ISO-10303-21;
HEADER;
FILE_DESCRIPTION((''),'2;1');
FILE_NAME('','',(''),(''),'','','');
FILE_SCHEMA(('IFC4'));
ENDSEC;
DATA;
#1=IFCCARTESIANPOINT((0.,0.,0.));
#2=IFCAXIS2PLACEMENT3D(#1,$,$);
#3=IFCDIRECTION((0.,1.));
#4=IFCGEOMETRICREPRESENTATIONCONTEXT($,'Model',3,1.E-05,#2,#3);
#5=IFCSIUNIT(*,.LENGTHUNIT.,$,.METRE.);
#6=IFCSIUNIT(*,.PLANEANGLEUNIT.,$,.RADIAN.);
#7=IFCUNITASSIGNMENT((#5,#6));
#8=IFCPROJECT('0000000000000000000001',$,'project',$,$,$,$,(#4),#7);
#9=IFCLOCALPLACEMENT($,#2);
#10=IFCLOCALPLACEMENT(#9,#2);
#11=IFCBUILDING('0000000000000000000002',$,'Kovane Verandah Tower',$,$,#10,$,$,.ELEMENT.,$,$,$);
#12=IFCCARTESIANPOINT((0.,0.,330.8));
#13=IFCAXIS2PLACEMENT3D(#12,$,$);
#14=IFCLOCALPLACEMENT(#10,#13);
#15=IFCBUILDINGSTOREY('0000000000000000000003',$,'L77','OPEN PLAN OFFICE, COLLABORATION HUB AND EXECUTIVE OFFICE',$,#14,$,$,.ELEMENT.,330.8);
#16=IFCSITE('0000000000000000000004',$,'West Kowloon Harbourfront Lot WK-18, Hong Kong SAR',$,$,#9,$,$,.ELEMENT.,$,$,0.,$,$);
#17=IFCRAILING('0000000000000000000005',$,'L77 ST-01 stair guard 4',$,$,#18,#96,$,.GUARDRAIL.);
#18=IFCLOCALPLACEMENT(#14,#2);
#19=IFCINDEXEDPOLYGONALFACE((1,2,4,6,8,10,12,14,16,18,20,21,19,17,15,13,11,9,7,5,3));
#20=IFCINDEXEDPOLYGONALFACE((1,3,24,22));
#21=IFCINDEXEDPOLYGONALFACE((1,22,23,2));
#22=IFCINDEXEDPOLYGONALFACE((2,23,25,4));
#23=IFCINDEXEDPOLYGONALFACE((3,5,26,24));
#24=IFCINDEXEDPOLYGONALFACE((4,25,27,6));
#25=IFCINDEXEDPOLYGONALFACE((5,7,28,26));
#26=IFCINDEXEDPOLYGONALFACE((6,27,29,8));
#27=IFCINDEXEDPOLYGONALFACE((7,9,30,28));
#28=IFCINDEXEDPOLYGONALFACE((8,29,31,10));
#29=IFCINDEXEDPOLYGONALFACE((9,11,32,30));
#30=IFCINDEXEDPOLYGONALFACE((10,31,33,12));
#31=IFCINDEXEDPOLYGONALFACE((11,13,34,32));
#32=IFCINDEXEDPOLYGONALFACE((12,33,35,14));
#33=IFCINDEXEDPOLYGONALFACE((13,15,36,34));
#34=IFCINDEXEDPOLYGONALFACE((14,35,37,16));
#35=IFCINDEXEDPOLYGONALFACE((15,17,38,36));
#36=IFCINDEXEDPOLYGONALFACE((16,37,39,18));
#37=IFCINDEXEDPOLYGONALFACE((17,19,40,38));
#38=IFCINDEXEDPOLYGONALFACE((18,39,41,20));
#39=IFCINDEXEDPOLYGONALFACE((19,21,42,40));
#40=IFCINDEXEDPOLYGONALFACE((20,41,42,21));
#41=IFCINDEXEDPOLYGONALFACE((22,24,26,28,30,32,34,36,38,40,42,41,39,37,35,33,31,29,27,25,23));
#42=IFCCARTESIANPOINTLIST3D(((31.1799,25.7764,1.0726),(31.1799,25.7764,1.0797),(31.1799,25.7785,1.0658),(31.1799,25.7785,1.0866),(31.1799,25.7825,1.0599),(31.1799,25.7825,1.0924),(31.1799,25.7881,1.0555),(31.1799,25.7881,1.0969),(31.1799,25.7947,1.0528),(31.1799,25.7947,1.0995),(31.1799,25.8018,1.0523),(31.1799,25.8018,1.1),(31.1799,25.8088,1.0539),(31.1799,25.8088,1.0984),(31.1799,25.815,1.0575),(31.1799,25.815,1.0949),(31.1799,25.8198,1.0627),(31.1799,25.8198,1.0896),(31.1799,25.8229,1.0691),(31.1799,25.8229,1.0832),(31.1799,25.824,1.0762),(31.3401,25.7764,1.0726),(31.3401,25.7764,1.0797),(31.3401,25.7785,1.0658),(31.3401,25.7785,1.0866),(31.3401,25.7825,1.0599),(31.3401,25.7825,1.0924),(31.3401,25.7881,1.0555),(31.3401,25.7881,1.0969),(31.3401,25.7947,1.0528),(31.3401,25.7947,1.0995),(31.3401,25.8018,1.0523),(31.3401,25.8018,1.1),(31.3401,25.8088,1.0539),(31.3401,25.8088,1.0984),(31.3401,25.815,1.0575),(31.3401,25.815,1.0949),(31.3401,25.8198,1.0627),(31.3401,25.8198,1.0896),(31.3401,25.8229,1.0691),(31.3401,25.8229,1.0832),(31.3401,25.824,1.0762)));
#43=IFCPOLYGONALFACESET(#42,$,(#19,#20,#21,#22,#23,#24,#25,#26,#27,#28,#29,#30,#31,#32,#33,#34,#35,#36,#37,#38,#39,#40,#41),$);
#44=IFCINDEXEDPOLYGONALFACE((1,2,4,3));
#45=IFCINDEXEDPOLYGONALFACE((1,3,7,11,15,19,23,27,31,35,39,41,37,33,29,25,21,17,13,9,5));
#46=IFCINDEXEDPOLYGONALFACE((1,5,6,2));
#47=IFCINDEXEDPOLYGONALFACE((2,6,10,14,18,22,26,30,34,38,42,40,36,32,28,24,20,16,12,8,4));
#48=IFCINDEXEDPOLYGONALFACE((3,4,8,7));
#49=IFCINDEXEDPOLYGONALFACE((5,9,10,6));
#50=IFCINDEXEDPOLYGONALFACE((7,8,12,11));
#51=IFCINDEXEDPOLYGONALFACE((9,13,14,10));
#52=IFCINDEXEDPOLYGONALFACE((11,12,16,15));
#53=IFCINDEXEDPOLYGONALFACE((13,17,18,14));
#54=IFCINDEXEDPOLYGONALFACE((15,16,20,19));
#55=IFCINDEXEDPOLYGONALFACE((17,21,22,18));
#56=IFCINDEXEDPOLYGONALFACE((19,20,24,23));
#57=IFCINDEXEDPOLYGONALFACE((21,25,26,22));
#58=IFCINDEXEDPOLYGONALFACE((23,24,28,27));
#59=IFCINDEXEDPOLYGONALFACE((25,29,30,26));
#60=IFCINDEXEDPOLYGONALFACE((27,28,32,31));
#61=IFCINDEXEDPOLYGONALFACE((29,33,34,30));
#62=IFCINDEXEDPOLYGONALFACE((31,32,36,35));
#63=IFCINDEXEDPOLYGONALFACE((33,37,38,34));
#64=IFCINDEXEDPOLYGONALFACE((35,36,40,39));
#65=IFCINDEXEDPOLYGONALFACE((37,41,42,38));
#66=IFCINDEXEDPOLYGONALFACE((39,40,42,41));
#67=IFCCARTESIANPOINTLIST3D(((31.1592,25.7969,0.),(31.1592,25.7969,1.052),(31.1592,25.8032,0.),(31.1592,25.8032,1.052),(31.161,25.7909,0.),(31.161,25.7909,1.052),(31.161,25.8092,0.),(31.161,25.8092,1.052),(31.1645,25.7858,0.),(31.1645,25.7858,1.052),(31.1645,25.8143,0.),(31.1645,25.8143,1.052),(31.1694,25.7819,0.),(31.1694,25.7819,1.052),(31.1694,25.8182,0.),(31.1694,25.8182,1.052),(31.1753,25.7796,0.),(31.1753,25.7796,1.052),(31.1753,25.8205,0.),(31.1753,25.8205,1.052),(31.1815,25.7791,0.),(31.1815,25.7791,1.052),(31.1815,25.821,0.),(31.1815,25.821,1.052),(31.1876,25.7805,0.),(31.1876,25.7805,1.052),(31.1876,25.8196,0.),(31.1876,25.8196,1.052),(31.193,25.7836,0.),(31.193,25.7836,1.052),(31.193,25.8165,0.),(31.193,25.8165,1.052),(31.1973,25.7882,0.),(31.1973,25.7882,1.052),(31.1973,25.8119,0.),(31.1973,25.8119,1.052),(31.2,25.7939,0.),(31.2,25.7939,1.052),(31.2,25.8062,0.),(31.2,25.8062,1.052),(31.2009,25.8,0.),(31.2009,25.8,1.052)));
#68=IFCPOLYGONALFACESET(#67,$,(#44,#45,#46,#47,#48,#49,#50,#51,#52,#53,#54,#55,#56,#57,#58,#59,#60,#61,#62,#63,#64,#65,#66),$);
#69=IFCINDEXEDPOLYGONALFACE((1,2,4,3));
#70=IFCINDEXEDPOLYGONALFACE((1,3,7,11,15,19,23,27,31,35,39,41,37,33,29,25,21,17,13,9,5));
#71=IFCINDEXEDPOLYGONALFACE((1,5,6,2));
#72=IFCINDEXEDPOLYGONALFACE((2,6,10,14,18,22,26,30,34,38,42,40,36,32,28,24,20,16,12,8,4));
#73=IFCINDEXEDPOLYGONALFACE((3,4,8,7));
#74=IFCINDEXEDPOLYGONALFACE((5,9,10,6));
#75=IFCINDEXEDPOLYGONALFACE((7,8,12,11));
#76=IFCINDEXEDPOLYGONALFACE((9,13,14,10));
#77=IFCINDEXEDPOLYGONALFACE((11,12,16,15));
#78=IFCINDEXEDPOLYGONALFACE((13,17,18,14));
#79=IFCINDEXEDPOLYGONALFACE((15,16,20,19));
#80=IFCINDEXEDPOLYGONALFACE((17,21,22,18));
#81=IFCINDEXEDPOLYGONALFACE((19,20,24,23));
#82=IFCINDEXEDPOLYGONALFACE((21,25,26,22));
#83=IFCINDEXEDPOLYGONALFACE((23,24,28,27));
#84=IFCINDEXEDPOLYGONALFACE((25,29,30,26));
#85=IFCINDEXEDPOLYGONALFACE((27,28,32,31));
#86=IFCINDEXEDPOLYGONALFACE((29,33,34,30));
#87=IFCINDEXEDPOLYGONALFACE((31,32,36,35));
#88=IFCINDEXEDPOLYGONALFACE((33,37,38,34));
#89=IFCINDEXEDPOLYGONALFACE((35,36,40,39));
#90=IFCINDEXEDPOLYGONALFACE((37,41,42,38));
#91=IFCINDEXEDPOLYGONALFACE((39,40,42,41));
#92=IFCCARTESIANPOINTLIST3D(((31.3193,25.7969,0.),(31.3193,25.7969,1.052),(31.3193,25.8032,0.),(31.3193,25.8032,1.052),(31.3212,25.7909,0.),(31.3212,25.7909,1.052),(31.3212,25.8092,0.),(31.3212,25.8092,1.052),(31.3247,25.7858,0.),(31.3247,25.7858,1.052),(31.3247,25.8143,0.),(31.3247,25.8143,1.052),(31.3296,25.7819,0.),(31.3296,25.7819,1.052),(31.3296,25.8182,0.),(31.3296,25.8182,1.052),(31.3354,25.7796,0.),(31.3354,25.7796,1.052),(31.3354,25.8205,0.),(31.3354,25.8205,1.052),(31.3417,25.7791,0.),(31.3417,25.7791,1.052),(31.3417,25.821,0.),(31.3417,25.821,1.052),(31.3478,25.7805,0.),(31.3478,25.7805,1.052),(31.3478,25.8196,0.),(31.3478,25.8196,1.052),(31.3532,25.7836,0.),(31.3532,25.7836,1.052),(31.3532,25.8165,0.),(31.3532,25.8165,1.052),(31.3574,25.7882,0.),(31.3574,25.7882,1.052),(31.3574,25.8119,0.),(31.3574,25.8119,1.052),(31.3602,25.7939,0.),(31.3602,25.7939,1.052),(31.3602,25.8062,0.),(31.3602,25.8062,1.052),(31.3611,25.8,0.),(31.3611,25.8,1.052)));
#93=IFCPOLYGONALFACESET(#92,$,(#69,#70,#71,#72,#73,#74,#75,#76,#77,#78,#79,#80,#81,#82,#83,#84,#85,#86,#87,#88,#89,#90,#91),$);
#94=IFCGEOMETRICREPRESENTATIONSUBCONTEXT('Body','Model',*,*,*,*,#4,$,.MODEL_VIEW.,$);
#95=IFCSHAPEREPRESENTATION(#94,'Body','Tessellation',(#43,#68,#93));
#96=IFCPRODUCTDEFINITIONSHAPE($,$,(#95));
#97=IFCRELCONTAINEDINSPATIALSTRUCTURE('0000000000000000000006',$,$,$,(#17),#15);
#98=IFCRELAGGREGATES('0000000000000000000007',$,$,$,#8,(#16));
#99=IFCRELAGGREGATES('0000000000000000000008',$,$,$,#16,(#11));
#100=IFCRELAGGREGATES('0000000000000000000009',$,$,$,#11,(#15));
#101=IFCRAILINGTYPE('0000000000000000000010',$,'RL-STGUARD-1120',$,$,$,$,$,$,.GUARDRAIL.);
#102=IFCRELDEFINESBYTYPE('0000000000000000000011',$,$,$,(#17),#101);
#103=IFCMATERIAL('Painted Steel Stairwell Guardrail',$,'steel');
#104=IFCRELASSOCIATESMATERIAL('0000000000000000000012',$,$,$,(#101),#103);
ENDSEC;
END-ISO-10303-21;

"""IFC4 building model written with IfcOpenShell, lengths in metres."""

from ifc_helpers import new_model, si_unit, direction, frame, origin, origin_2d, place, context, subcontext, project, spatial, circle, extrude, material, type_object, element, save


model = new_model("IFC4")

# Units and contexts
model_context = context("Model", 3, precision=1e-05, world=origin(), true_north=direction((0.0, 1.0)))
body_context = subcontext(model_context, "Body", "Model", "MODEL_VIEW")
ifc_project = project(units=[si_unit("LENGTHUNIT", "METRE"), si_unit("PLANEANGLEUNIT", "RADIAN")], contexts=[model_context])

# Site, building, storey
site_placement = place(None, origin())
site = spatial("IfcSite", under=ifc_project, at=site_placement, Name="West Kowloon Harbourfront Lot WK-18, Hong Kong SAR", CompositionType="ELEMENT", RefElevation=0.0)
building_placement = place(site_placement, origin())
building = spatial("IfcBuilding", under=site, at=building_placement, Name="Kovane Verandah Tower", CompositionType="ELEMENT")
storey_placement = place(building_placement, frame((0.0, 0.0, 330.8)))
storey = spatial("IfcBuildingStorey", under=building, at=storey_placement, Name="L77", Description="OPEN PLAN OFFICE, COLLABORATION HUB AND EXECUTIVE OFFICE", CompositionType="ELEMENT", Elevation=330.8)

# Railing
ifc_material_1 = material(Name="Painted Steel Stairwell Guardrail", Category="steel")
railing_type_1 = type_object("IfcRailingType", Name="RL-STGUARD-1120", PredefinedType="GUARDRAIL", material=ifc_material_1)
railing_1_placement = place(storey_placement, frame((31.1799, 25.8, 0.0)))
element("IfcRailing", 1, at=railing_1_placement, inside=storey, type_object=railing_type_1, Name="L77 ST-01 stair guard 4", PredefinedType="GUARDRAIL", context=body_context, shape_type="SweptSolid", body=[
    extrude(circle(Radius=0.0239, at=origin_2d()), frame((0.0, 0.0, 1.0762), z_axis=(1.0, 0.0, 0.0), x_axis=(0.0, 1.0, 0.0)), (0.0, 0.0, 1.0), 0.1602),
    extrude(circle(Radius=0.021, at=origin_2d()), origin(), (0.0, 0.0, 1.0), 1.052),
    extrude(circle(Radius=0.021, at=origin_2d()), frame((0.1602, 0.0, 0.0)), (0.0, 0.0, 1.0), 1.052),
])

save(model, "model.ifc")
